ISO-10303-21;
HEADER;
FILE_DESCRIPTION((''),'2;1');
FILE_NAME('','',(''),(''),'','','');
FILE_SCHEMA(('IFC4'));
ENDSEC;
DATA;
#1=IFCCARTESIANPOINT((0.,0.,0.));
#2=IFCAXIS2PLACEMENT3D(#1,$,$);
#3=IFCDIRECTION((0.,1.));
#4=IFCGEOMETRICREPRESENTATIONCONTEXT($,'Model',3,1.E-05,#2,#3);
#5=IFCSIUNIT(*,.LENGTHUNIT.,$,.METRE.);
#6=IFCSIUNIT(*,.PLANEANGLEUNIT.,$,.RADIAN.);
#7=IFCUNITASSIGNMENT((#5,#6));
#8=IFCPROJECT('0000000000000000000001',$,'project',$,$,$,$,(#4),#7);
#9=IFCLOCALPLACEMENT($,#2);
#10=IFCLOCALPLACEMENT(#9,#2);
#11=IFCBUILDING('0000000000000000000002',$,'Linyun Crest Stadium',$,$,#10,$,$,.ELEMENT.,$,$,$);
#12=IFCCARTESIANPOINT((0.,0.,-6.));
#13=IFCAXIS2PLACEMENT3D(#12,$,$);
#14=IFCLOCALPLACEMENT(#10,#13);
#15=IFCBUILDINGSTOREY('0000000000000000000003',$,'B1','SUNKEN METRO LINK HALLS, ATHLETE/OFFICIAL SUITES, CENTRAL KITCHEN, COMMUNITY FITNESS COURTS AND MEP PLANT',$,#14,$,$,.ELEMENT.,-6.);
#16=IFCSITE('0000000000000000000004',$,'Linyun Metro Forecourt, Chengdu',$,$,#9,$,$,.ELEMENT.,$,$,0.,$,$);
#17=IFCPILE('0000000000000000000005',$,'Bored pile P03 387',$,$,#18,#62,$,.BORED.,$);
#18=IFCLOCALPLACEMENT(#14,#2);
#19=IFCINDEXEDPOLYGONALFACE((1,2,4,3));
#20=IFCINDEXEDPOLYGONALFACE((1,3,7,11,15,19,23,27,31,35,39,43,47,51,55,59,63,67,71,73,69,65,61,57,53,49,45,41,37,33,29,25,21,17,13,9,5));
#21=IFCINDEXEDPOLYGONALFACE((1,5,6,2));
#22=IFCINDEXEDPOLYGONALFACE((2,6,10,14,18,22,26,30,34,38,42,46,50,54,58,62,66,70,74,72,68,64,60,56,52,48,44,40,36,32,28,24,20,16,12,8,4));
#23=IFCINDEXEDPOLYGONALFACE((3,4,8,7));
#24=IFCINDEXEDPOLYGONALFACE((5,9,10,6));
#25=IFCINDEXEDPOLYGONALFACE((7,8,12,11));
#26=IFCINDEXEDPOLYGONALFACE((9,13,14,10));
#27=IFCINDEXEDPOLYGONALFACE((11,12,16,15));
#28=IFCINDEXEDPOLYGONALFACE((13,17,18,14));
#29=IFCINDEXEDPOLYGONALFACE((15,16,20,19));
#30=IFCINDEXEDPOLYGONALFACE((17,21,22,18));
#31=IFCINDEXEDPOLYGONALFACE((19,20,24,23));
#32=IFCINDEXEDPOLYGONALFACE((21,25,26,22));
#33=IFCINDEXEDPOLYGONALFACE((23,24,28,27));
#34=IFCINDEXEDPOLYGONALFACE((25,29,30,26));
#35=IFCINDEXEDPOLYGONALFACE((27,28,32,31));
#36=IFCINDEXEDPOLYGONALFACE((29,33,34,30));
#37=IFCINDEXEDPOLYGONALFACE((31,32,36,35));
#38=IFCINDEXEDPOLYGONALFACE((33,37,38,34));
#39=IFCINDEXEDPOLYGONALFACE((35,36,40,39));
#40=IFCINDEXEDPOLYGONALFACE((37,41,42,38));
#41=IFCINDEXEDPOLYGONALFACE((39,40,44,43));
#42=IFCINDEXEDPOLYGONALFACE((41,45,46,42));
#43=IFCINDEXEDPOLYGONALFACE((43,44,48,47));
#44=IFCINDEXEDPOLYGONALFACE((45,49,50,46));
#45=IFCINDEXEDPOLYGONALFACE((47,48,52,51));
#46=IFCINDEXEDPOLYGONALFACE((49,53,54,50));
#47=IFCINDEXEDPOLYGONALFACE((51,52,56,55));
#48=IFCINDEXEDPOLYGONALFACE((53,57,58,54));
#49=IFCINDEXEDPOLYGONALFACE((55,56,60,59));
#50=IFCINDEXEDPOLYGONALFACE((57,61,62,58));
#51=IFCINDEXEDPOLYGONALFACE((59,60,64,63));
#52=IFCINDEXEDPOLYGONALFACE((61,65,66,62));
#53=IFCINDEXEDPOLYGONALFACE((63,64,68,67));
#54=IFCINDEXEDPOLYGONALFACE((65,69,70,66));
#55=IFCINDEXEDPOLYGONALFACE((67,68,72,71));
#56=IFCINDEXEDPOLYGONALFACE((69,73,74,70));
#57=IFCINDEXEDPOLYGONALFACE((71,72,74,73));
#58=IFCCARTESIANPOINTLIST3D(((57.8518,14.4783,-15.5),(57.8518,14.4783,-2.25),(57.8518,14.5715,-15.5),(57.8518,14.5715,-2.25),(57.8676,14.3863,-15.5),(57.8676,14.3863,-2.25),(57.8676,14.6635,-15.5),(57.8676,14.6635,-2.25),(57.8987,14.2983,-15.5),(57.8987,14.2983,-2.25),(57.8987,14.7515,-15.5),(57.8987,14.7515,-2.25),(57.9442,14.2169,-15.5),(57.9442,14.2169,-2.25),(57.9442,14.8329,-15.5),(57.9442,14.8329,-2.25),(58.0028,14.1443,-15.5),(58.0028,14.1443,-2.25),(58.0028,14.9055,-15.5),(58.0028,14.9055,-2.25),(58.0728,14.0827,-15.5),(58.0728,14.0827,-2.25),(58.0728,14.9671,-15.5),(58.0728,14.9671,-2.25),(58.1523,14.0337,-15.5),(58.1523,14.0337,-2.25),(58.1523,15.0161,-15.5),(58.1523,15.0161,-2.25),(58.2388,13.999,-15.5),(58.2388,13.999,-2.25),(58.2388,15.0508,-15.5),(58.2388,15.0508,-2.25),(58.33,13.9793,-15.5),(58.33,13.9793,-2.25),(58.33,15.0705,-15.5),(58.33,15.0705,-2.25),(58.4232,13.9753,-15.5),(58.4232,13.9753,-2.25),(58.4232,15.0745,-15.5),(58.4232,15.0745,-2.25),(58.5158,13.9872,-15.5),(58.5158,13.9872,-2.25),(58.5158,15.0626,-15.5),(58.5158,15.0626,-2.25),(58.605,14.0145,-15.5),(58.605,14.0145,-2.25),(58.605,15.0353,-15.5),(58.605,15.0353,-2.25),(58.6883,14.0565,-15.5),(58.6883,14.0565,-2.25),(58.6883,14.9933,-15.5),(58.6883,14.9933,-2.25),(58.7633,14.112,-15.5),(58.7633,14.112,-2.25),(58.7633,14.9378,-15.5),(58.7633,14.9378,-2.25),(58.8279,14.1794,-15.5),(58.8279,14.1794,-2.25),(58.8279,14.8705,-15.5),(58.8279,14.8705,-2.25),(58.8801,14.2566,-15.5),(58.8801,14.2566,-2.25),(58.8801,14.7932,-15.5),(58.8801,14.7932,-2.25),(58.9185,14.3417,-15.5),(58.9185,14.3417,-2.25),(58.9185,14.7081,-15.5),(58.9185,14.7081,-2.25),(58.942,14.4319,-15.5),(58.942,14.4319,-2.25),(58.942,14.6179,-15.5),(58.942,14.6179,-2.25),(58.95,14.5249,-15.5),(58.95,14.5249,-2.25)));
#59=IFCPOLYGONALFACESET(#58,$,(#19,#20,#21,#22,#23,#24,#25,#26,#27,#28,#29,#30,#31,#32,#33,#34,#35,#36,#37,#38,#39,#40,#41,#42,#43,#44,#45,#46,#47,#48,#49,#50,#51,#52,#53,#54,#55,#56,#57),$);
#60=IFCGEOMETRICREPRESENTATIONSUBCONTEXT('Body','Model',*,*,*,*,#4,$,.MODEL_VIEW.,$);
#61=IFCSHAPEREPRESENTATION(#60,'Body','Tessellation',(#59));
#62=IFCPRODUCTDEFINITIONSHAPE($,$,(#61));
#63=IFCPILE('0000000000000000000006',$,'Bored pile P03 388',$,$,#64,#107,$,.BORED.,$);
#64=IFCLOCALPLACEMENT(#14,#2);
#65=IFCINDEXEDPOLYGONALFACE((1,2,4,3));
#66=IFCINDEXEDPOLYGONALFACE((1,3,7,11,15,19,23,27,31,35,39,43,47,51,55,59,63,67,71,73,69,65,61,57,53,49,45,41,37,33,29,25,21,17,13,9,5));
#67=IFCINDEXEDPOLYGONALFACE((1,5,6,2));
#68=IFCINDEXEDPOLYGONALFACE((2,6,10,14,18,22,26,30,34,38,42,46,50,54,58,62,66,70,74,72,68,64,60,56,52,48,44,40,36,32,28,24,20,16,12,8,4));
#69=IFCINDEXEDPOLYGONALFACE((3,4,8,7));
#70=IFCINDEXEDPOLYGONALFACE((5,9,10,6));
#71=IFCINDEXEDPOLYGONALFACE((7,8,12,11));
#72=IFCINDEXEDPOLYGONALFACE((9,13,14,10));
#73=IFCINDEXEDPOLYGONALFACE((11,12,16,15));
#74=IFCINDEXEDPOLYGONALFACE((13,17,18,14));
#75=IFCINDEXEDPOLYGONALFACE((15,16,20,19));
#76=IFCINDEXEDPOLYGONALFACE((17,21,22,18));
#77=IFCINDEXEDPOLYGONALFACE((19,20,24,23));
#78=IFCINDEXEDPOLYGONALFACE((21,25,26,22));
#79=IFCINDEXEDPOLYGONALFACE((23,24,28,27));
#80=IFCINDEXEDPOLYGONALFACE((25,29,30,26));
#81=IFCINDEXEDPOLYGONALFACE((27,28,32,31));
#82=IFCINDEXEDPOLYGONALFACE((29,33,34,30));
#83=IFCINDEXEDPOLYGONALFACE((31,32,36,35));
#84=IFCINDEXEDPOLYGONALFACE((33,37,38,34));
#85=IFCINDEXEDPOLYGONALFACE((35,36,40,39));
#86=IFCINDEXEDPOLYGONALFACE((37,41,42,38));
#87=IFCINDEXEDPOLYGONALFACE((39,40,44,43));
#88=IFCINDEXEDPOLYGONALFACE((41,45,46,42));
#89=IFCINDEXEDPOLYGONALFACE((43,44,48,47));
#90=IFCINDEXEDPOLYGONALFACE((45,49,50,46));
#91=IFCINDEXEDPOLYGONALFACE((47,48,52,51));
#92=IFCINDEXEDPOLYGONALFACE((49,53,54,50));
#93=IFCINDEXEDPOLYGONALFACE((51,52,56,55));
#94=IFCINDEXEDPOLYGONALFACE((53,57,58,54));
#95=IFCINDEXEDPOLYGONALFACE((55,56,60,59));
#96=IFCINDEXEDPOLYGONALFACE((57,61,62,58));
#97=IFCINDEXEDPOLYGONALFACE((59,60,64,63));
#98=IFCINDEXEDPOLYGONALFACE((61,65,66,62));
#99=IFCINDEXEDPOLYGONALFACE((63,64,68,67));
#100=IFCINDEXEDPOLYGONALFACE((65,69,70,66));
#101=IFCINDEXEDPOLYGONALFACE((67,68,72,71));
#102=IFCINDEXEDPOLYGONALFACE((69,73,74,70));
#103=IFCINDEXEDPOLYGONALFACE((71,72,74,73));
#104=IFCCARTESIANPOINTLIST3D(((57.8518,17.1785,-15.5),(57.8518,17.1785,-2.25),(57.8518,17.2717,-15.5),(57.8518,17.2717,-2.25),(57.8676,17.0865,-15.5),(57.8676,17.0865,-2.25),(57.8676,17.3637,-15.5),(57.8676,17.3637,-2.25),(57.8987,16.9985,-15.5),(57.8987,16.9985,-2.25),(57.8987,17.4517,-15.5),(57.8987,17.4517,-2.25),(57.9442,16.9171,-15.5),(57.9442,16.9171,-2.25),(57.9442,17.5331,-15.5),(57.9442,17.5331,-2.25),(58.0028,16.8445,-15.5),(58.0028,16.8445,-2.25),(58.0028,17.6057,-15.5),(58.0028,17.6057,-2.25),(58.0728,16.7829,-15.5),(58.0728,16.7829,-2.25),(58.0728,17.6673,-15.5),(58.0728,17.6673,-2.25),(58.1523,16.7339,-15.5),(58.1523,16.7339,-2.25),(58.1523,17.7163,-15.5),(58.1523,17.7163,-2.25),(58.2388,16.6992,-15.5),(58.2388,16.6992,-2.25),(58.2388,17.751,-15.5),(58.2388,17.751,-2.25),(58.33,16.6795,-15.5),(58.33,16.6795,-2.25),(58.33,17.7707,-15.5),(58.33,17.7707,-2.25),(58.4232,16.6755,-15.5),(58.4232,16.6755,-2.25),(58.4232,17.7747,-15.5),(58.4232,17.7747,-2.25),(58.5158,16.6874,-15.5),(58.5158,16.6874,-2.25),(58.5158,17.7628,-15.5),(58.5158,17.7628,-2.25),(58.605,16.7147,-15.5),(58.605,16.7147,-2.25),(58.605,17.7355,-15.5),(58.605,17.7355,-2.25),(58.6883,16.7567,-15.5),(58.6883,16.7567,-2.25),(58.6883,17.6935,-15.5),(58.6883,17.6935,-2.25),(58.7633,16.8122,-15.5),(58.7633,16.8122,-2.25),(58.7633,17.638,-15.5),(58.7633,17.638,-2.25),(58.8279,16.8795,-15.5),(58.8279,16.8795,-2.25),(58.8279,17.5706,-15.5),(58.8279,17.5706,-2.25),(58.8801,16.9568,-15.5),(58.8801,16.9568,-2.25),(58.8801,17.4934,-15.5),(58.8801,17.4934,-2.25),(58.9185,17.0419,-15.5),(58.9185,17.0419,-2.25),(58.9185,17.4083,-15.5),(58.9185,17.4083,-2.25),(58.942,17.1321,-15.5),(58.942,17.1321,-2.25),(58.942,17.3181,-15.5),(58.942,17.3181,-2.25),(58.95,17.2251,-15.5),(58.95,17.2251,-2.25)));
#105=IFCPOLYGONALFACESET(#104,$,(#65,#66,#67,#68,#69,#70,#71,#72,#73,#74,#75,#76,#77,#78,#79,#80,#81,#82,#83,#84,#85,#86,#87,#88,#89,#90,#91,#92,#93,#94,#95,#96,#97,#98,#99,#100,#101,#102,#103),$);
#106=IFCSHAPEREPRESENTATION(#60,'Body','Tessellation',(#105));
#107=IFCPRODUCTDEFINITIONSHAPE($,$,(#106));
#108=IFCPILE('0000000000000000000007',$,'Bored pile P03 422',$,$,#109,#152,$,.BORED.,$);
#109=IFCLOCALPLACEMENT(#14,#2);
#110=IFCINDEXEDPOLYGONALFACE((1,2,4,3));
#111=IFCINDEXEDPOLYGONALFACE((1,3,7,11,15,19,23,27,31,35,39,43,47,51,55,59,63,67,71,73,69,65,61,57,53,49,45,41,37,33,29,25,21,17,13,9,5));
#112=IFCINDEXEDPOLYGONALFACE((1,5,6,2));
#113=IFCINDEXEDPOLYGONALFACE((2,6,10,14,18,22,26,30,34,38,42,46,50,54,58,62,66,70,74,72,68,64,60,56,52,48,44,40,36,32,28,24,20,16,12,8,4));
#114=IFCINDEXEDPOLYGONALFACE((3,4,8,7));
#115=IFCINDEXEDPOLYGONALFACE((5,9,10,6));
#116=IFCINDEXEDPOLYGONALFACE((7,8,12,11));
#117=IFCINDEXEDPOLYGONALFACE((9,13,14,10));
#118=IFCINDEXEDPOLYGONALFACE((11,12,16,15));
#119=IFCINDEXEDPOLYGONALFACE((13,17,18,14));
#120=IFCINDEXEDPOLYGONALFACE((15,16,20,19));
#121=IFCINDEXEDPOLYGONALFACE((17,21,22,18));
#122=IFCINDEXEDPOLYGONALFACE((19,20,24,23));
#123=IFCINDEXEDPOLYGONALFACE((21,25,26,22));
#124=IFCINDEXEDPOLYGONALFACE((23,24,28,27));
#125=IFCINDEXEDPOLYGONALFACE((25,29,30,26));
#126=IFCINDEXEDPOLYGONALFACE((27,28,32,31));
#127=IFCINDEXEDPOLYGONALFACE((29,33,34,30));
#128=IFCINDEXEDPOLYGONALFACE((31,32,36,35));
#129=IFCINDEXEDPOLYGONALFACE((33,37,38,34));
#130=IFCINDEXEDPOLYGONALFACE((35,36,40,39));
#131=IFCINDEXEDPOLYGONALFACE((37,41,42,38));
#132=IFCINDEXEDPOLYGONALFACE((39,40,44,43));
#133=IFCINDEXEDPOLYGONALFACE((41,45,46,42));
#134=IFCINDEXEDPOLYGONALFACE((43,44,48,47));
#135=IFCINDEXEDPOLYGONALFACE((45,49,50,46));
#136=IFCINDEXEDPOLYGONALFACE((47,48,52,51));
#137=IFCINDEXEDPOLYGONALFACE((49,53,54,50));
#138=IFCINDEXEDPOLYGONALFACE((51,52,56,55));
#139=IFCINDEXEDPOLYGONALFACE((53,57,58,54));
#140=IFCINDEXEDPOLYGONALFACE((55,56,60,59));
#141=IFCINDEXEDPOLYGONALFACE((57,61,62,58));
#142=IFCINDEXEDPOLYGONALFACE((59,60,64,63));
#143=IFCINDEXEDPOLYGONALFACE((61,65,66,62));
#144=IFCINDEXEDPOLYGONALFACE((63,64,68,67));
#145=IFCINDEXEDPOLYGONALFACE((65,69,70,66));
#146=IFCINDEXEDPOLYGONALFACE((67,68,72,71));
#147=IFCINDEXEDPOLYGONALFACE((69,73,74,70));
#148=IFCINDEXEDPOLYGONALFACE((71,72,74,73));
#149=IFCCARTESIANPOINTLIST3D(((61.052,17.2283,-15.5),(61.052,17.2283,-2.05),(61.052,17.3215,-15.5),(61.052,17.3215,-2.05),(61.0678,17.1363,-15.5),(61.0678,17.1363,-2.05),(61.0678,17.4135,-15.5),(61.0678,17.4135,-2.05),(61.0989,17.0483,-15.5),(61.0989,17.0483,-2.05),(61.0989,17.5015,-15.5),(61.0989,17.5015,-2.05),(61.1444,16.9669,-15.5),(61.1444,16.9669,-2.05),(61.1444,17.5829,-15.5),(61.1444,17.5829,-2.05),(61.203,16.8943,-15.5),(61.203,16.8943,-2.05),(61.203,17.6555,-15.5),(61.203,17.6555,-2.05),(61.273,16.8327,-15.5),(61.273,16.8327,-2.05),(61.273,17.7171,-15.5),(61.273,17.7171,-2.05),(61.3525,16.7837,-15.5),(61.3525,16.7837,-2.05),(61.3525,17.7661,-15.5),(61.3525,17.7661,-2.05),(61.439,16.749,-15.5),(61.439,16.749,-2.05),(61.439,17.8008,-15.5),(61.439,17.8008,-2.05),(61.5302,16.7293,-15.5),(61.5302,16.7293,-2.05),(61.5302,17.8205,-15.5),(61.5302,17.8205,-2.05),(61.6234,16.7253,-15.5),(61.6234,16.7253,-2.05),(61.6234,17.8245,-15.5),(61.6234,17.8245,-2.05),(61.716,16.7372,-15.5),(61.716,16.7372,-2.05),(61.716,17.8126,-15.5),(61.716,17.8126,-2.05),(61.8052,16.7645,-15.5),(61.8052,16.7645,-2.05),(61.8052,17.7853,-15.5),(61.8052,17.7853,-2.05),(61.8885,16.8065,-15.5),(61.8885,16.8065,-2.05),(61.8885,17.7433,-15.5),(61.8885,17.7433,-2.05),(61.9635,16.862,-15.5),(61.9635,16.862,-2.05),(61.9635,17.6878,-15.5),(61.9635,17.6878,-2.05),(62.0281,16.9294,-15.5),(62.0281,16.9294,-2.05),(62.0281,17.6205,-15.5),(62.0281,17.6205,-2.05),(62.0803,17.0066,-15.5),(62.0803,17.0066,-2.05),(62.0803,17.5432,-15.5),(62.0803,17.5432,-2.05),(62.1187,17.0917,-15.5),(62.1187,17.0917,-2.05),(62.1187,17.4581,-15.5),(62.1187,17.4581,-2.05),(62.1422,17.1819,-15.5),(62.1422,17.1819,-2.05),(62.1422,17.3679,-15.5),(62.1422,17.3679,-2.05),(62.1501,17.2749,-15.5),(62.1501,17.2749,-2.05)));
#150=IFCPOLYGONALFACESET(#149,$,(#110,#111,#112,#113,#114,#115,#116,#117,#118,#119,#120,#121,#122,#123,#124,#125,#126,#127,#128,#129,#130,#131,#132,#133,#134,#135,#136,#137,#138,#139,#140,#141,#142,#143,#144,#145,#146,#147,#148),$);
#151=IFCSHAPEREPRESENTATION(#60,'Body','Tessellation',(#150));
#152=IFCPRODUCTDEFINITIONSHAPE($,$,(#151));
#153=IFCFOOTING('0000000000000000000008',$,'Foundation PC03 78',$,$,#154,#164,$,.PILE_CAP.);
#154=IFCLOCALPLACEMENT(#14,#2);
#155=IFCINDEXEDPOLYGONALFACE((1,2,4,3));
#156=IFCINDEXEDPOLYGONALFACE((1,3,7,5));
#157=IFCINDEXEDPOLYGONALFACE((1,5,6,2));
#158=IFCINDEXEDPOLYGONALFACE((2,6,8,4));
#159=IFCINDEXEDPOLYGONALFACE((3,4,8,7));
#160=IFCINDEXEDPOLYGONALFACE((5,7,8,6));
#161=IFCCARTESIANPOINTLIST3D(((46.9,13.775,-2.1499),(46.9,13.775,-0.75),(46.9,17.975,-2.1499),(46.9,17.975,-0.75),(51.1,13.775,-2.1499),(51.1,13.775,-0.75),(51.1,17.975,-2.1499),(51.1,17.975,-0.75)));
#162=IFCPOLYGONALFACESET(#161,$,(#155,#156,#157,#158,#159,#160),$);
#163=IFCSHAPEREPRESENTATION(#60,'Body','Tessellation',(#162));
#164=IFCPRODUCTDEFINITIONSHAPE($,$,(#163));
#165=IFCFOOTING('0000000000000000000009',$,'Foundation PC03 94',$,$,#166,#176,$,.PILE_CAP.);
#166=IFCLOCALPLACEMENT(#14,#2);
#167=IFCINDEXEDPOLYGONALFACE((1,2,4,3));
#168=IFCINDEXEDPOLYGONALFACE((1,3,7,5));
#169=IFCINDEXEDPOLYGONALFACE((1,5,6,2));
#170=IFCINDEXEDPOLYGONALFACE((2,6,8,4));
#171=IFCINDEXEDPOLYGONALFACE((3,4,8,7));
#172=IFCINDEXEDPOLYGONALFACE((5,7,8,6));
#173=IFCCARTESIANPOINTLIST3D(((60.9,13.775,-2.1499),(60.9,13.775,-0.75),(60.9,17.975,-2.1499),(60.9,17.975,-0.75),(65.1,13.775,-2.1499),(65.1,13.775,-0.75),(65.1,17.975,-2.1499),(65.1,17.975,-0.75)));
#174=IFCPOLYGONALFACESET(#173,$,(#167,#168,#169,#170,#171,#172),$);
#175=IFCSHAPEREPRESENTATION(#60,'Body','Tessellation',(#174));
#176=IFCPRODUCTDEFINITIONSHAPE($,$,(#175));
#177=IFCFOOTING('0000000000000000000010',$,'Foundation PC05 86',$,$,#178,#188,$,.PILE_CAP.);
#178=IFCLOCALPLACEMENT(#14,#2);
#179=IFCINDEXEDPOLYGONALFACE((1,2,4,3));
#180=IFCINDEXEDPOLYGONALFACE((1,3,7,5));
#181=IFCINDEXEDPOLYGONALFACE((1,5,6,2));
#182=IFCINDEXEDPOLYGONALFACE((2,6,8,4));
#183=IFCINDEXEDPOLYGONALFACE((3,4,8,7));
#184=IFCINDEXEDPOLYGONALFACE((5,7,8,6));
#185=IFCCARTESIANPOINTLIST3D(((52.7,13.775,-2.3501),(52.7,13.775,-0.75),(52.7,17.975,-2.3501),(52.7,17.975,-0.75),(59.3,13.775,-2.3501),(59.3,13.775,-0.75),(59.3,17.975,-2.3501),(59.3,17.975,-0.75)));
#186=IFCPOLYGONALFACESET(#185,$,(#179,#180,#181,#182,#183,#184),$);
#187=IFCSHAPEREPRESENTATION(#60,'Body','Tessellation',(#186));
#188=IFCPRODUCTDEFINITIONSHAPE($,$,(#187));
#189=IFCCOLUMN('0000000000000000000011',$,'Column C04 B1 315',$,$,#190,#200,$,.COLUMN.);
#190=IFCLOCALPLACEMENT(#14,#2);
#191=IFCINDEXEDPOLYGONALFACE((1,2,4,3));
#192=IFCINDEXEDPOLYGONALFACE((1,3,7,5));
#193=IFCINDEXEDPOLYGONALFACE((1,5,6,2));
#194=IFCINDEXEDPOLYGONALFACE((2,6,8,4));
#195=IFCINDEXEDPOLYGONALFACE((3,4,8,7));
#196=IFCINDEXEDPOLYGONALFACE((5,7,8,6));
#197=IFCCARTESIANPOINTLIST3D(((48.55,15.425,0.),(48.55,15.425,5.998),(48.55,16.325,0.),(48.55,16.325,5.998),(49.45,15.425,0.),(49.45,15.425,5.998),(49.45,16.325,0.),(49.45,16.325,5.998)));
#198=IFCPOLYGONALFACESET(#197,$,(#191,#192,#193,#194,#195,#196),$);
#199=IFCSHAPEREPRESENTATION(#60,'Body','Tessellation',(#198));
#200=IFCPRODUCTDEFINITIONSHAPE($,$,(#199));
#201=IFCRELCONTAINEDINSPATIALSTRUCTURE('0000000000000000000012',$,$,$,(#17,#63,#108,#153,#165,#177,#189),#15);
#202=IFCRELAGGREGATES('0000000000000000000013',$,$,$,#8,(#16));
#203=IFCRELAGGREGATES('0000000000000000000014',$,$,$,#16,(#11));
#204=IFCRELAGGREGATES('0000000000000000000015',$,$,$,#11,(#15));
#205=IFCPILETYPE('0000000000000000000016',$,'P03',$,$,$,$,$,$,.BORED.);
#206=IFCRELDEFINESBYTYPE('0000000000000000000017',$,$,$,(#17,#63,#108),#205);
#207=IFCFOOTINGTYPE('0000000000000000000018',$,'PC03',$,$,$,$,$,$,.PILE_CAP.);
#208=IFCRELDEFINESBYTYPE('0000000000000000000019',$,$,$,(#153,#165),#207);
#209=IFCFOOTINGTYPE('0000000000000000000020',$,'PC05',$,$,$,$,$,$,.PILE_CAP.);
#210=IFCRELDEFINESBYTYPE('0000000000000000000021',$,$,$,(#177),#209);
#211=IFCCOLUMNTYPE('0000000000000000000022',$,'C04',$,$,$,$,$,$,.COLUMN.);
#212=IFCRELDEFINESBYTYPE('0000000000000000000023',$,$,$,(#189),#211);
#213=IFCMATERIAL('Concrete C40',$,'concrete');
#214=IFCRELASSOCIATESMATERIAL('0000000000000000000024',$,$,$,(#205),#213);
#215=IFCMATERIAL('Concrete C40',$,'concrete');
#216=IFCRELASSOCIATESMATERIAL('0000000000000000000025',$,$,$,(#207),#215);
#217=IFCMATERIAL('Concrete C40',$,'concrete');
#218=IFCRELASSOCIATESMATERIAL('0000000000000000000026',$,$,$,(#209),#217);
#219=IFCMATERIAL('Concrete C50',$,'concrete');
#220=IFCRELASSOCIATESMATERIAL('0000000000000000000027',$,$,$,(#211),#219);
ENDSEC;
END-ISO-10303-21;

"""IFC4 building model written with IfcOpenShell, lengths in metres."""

from ifc_helpers import new_model, si_unit, direction, frame, origin, origin_2d, place, context, subcontext, project, spatial, rectangle, circle, extrude, material, material_profile, profile_set, type_object, element, save


model = new_model("IFC4")

# Units and contexts
model_context = context("Model", 3, precision=1e-05, world=origin(), true_north=direction((0.0, 1.0)))
body_context = subcontext(model_context, "Body", "Model", "MODEL_VIEW")
ifc_project = project(units=[si_unit("LENGTHUNIT", "METRE"), si_unit("PLANEANGLEUNIT", "RADIAN")], contexts=[model_context])

# Site, building, storey
site_placement = place(None, origin())
site = spatial("IfcSite", under=ifc_project, at=site_placement, Name="Linyun Metro Forecourt, Chengdu", CompositionType="ELEMENT", RefElevation=0.0)
building_placement = place(site_placement, origin())
building = spatial("IfcBuilding", under=site, at=building_placement, Name="Linyun Crest Stadium", CompositionType="ELEMENT")
storey_placement = place(building_placement, frame((0.0, 0.0, -6.0)))
storey = spatial("IfcBuildingStorey", under=building, at=storey_placement, Name="B1", Description="SUNKEN METRO LINK HALLS, ATHLETE/OFFICIAL SUITES, CENTRAL KITCHEN, COMMUNITY FITNESS COURTS AND MEP PLANT", CompositionType="ELEMENT", Elevation=-6.0)

# Piles
ifc_material_1 = material(Name="Concrete C40", Category="concrete")
ifc_material_profile_1 = material_profile(ifc_material_1, circle(Radius=0.55, at=origin_2d()), Name="BORED PILE 1100")
ifc_profile_set_1 = profile_set([ifc_material_profile_1], Name="Concrete C40")
pile_type = type_object("IfcPileType", Name="P03", PredefinedType="BORED", material=ifc_profile_set_1)
for number, where, z_axis, x_axis, name in (
    (1, (58.3999, 14.5249, -2.25), (0.0, 0.0, -1.0), (1.0, 0.0, 0.0), "Bored pile P03 387"),
    (2, (58.3999, 17.2251, -2.25), (0.0, 0.0, -1.0), (1.0, 0.0, 0.0), "Bored pile P03 388"),
):
    element("IfcPile", number, at=place(storey_placement, frame(where, z_axis=z_axis, x_axis=x_axis)), inside=storey, type_object=pile_type, Name=name, PredefinedType="BORED", context=body_context, shape_type="SweptSolid", body=[
        extrude(circle(Radius=0.55, at=origin_2d()), origin(), (0.0, 0.0, 1.0), 13.25),
    ])
pile_1_placement = place(storey_placement, frame((61.6001, 17.2749, -2.05), z_axis=(0.0, 0.0, -1.0), x_axis=(1.0, 0.0, 0.0)))
element("IfcPile", 3, at=pile_1_placement, inside=storey, type_object=pile_type, Name="Bored pile P03 422", PredefinedType="BORED", context=body_context, shape_type="SweptSolid", body=[
    extrude(circle(Radius=0.55, at=origin_2d()), origin(), (0.0, 0.0, 1.0), 13.45),
])

# Footings
ifc_material_2 = material(Name="Concrete C40", Category="concrete")
footing_type_1 = type_object("IfcFootingType", Name="PC03", PredefinedType="PILE_CAP", material=ifc_material_2)
for number, where, z_axis, x_axis, name in (
    (4, (49.0, 15.875, -2.1499), (0.0, 0.0, 1.0), (1.0, 0.0, 0.0), "Foundation PC03 78"),
    (5, (63.0, 15.875, -2.1499), (0.0, 0.0, 1.0), (1.0, 0.0, 0.0), "Foundation PC03 94"),
):
    element("IfcFooting", number, at=place(storey_placement, frame(where, z_axis=z_axis, x_axis=x_axis)), inside=storey, type_object=footing_type_1, Name=name, PredefinedType="PILE_CAP", context=body_context, shape_type="SweptSolid", body=[
        extrude(rectangle(XDim=4.2, YDim=4.2, at=origin_2d()), origin(), (0.0, 0.0, 1.0), 1.3999),
    ])
ifc_material_3 = material(Name="Concrete C40", Category="concrete")
footing_type_2 = type_object("IfcFootingType", Name="PC05", PredefinedType="PILE_CAP", material=ifc_material_3)
footing_placement = place(storey_placement, frame((56.0, 15.875, -2.3501), z_axis=(0.0, 0.0, 1.0), x_axis=(1.0, 0.0, 0.0)))
element("IfcFooting", 6, at=footing_placement, inside=storey, type_object=footing_type_2, Name="Foundation PC05 86", PredefinedType="PILE_CAP", context=body_context, shape_type="SweptSolid", body=[
    extrude(rectangle(XDim=6.6001, YDim=4.2, at=origin_2d()), origin(), (0.0, 0.0, 1.0), 1.6001),
])

# Column
ifc_material_4 = material(Name="Concrete C50", Category="concrete")
ifc_material_profile_2 = material_profile(ifc_material_4, rectangle(XDim=0.8999, YDim=0.8999, at=origin_2d()), Name="RC 900x900")
ifc_profile_set_2 = profile_set([ifc_material_profile_2], Name="Concrete C50")
column_type_1 = type_object("IfcColumnType", Name="C04", PredefinedType="COLUMN", material=ifc_profile_set_2)
for number, where, z_axis, x_axis, name in (
    (7, (49.0, 15.875, 0.0), (0.0, 0.0, 1.0), (1.0, 0.0, 0.0), "Column C04 B1 315"),
):
    element("IfcColumn", number, at=place(storey_placement, frame(where, z_axis=z_axis, x_axis=x_axis)), inside=storey, type_object=column_type_1, Name=name, PredefinedType="COLUMN", context=body_context, shape_type="SweptSolid", body=[
        extrude(rectangle(XDim=0.8999, YDim=0.8999, at=origin_2d()), origin(), (0.0, 0.0, 1.0), 5.998),
    ])

save(model, "model.ifc")
